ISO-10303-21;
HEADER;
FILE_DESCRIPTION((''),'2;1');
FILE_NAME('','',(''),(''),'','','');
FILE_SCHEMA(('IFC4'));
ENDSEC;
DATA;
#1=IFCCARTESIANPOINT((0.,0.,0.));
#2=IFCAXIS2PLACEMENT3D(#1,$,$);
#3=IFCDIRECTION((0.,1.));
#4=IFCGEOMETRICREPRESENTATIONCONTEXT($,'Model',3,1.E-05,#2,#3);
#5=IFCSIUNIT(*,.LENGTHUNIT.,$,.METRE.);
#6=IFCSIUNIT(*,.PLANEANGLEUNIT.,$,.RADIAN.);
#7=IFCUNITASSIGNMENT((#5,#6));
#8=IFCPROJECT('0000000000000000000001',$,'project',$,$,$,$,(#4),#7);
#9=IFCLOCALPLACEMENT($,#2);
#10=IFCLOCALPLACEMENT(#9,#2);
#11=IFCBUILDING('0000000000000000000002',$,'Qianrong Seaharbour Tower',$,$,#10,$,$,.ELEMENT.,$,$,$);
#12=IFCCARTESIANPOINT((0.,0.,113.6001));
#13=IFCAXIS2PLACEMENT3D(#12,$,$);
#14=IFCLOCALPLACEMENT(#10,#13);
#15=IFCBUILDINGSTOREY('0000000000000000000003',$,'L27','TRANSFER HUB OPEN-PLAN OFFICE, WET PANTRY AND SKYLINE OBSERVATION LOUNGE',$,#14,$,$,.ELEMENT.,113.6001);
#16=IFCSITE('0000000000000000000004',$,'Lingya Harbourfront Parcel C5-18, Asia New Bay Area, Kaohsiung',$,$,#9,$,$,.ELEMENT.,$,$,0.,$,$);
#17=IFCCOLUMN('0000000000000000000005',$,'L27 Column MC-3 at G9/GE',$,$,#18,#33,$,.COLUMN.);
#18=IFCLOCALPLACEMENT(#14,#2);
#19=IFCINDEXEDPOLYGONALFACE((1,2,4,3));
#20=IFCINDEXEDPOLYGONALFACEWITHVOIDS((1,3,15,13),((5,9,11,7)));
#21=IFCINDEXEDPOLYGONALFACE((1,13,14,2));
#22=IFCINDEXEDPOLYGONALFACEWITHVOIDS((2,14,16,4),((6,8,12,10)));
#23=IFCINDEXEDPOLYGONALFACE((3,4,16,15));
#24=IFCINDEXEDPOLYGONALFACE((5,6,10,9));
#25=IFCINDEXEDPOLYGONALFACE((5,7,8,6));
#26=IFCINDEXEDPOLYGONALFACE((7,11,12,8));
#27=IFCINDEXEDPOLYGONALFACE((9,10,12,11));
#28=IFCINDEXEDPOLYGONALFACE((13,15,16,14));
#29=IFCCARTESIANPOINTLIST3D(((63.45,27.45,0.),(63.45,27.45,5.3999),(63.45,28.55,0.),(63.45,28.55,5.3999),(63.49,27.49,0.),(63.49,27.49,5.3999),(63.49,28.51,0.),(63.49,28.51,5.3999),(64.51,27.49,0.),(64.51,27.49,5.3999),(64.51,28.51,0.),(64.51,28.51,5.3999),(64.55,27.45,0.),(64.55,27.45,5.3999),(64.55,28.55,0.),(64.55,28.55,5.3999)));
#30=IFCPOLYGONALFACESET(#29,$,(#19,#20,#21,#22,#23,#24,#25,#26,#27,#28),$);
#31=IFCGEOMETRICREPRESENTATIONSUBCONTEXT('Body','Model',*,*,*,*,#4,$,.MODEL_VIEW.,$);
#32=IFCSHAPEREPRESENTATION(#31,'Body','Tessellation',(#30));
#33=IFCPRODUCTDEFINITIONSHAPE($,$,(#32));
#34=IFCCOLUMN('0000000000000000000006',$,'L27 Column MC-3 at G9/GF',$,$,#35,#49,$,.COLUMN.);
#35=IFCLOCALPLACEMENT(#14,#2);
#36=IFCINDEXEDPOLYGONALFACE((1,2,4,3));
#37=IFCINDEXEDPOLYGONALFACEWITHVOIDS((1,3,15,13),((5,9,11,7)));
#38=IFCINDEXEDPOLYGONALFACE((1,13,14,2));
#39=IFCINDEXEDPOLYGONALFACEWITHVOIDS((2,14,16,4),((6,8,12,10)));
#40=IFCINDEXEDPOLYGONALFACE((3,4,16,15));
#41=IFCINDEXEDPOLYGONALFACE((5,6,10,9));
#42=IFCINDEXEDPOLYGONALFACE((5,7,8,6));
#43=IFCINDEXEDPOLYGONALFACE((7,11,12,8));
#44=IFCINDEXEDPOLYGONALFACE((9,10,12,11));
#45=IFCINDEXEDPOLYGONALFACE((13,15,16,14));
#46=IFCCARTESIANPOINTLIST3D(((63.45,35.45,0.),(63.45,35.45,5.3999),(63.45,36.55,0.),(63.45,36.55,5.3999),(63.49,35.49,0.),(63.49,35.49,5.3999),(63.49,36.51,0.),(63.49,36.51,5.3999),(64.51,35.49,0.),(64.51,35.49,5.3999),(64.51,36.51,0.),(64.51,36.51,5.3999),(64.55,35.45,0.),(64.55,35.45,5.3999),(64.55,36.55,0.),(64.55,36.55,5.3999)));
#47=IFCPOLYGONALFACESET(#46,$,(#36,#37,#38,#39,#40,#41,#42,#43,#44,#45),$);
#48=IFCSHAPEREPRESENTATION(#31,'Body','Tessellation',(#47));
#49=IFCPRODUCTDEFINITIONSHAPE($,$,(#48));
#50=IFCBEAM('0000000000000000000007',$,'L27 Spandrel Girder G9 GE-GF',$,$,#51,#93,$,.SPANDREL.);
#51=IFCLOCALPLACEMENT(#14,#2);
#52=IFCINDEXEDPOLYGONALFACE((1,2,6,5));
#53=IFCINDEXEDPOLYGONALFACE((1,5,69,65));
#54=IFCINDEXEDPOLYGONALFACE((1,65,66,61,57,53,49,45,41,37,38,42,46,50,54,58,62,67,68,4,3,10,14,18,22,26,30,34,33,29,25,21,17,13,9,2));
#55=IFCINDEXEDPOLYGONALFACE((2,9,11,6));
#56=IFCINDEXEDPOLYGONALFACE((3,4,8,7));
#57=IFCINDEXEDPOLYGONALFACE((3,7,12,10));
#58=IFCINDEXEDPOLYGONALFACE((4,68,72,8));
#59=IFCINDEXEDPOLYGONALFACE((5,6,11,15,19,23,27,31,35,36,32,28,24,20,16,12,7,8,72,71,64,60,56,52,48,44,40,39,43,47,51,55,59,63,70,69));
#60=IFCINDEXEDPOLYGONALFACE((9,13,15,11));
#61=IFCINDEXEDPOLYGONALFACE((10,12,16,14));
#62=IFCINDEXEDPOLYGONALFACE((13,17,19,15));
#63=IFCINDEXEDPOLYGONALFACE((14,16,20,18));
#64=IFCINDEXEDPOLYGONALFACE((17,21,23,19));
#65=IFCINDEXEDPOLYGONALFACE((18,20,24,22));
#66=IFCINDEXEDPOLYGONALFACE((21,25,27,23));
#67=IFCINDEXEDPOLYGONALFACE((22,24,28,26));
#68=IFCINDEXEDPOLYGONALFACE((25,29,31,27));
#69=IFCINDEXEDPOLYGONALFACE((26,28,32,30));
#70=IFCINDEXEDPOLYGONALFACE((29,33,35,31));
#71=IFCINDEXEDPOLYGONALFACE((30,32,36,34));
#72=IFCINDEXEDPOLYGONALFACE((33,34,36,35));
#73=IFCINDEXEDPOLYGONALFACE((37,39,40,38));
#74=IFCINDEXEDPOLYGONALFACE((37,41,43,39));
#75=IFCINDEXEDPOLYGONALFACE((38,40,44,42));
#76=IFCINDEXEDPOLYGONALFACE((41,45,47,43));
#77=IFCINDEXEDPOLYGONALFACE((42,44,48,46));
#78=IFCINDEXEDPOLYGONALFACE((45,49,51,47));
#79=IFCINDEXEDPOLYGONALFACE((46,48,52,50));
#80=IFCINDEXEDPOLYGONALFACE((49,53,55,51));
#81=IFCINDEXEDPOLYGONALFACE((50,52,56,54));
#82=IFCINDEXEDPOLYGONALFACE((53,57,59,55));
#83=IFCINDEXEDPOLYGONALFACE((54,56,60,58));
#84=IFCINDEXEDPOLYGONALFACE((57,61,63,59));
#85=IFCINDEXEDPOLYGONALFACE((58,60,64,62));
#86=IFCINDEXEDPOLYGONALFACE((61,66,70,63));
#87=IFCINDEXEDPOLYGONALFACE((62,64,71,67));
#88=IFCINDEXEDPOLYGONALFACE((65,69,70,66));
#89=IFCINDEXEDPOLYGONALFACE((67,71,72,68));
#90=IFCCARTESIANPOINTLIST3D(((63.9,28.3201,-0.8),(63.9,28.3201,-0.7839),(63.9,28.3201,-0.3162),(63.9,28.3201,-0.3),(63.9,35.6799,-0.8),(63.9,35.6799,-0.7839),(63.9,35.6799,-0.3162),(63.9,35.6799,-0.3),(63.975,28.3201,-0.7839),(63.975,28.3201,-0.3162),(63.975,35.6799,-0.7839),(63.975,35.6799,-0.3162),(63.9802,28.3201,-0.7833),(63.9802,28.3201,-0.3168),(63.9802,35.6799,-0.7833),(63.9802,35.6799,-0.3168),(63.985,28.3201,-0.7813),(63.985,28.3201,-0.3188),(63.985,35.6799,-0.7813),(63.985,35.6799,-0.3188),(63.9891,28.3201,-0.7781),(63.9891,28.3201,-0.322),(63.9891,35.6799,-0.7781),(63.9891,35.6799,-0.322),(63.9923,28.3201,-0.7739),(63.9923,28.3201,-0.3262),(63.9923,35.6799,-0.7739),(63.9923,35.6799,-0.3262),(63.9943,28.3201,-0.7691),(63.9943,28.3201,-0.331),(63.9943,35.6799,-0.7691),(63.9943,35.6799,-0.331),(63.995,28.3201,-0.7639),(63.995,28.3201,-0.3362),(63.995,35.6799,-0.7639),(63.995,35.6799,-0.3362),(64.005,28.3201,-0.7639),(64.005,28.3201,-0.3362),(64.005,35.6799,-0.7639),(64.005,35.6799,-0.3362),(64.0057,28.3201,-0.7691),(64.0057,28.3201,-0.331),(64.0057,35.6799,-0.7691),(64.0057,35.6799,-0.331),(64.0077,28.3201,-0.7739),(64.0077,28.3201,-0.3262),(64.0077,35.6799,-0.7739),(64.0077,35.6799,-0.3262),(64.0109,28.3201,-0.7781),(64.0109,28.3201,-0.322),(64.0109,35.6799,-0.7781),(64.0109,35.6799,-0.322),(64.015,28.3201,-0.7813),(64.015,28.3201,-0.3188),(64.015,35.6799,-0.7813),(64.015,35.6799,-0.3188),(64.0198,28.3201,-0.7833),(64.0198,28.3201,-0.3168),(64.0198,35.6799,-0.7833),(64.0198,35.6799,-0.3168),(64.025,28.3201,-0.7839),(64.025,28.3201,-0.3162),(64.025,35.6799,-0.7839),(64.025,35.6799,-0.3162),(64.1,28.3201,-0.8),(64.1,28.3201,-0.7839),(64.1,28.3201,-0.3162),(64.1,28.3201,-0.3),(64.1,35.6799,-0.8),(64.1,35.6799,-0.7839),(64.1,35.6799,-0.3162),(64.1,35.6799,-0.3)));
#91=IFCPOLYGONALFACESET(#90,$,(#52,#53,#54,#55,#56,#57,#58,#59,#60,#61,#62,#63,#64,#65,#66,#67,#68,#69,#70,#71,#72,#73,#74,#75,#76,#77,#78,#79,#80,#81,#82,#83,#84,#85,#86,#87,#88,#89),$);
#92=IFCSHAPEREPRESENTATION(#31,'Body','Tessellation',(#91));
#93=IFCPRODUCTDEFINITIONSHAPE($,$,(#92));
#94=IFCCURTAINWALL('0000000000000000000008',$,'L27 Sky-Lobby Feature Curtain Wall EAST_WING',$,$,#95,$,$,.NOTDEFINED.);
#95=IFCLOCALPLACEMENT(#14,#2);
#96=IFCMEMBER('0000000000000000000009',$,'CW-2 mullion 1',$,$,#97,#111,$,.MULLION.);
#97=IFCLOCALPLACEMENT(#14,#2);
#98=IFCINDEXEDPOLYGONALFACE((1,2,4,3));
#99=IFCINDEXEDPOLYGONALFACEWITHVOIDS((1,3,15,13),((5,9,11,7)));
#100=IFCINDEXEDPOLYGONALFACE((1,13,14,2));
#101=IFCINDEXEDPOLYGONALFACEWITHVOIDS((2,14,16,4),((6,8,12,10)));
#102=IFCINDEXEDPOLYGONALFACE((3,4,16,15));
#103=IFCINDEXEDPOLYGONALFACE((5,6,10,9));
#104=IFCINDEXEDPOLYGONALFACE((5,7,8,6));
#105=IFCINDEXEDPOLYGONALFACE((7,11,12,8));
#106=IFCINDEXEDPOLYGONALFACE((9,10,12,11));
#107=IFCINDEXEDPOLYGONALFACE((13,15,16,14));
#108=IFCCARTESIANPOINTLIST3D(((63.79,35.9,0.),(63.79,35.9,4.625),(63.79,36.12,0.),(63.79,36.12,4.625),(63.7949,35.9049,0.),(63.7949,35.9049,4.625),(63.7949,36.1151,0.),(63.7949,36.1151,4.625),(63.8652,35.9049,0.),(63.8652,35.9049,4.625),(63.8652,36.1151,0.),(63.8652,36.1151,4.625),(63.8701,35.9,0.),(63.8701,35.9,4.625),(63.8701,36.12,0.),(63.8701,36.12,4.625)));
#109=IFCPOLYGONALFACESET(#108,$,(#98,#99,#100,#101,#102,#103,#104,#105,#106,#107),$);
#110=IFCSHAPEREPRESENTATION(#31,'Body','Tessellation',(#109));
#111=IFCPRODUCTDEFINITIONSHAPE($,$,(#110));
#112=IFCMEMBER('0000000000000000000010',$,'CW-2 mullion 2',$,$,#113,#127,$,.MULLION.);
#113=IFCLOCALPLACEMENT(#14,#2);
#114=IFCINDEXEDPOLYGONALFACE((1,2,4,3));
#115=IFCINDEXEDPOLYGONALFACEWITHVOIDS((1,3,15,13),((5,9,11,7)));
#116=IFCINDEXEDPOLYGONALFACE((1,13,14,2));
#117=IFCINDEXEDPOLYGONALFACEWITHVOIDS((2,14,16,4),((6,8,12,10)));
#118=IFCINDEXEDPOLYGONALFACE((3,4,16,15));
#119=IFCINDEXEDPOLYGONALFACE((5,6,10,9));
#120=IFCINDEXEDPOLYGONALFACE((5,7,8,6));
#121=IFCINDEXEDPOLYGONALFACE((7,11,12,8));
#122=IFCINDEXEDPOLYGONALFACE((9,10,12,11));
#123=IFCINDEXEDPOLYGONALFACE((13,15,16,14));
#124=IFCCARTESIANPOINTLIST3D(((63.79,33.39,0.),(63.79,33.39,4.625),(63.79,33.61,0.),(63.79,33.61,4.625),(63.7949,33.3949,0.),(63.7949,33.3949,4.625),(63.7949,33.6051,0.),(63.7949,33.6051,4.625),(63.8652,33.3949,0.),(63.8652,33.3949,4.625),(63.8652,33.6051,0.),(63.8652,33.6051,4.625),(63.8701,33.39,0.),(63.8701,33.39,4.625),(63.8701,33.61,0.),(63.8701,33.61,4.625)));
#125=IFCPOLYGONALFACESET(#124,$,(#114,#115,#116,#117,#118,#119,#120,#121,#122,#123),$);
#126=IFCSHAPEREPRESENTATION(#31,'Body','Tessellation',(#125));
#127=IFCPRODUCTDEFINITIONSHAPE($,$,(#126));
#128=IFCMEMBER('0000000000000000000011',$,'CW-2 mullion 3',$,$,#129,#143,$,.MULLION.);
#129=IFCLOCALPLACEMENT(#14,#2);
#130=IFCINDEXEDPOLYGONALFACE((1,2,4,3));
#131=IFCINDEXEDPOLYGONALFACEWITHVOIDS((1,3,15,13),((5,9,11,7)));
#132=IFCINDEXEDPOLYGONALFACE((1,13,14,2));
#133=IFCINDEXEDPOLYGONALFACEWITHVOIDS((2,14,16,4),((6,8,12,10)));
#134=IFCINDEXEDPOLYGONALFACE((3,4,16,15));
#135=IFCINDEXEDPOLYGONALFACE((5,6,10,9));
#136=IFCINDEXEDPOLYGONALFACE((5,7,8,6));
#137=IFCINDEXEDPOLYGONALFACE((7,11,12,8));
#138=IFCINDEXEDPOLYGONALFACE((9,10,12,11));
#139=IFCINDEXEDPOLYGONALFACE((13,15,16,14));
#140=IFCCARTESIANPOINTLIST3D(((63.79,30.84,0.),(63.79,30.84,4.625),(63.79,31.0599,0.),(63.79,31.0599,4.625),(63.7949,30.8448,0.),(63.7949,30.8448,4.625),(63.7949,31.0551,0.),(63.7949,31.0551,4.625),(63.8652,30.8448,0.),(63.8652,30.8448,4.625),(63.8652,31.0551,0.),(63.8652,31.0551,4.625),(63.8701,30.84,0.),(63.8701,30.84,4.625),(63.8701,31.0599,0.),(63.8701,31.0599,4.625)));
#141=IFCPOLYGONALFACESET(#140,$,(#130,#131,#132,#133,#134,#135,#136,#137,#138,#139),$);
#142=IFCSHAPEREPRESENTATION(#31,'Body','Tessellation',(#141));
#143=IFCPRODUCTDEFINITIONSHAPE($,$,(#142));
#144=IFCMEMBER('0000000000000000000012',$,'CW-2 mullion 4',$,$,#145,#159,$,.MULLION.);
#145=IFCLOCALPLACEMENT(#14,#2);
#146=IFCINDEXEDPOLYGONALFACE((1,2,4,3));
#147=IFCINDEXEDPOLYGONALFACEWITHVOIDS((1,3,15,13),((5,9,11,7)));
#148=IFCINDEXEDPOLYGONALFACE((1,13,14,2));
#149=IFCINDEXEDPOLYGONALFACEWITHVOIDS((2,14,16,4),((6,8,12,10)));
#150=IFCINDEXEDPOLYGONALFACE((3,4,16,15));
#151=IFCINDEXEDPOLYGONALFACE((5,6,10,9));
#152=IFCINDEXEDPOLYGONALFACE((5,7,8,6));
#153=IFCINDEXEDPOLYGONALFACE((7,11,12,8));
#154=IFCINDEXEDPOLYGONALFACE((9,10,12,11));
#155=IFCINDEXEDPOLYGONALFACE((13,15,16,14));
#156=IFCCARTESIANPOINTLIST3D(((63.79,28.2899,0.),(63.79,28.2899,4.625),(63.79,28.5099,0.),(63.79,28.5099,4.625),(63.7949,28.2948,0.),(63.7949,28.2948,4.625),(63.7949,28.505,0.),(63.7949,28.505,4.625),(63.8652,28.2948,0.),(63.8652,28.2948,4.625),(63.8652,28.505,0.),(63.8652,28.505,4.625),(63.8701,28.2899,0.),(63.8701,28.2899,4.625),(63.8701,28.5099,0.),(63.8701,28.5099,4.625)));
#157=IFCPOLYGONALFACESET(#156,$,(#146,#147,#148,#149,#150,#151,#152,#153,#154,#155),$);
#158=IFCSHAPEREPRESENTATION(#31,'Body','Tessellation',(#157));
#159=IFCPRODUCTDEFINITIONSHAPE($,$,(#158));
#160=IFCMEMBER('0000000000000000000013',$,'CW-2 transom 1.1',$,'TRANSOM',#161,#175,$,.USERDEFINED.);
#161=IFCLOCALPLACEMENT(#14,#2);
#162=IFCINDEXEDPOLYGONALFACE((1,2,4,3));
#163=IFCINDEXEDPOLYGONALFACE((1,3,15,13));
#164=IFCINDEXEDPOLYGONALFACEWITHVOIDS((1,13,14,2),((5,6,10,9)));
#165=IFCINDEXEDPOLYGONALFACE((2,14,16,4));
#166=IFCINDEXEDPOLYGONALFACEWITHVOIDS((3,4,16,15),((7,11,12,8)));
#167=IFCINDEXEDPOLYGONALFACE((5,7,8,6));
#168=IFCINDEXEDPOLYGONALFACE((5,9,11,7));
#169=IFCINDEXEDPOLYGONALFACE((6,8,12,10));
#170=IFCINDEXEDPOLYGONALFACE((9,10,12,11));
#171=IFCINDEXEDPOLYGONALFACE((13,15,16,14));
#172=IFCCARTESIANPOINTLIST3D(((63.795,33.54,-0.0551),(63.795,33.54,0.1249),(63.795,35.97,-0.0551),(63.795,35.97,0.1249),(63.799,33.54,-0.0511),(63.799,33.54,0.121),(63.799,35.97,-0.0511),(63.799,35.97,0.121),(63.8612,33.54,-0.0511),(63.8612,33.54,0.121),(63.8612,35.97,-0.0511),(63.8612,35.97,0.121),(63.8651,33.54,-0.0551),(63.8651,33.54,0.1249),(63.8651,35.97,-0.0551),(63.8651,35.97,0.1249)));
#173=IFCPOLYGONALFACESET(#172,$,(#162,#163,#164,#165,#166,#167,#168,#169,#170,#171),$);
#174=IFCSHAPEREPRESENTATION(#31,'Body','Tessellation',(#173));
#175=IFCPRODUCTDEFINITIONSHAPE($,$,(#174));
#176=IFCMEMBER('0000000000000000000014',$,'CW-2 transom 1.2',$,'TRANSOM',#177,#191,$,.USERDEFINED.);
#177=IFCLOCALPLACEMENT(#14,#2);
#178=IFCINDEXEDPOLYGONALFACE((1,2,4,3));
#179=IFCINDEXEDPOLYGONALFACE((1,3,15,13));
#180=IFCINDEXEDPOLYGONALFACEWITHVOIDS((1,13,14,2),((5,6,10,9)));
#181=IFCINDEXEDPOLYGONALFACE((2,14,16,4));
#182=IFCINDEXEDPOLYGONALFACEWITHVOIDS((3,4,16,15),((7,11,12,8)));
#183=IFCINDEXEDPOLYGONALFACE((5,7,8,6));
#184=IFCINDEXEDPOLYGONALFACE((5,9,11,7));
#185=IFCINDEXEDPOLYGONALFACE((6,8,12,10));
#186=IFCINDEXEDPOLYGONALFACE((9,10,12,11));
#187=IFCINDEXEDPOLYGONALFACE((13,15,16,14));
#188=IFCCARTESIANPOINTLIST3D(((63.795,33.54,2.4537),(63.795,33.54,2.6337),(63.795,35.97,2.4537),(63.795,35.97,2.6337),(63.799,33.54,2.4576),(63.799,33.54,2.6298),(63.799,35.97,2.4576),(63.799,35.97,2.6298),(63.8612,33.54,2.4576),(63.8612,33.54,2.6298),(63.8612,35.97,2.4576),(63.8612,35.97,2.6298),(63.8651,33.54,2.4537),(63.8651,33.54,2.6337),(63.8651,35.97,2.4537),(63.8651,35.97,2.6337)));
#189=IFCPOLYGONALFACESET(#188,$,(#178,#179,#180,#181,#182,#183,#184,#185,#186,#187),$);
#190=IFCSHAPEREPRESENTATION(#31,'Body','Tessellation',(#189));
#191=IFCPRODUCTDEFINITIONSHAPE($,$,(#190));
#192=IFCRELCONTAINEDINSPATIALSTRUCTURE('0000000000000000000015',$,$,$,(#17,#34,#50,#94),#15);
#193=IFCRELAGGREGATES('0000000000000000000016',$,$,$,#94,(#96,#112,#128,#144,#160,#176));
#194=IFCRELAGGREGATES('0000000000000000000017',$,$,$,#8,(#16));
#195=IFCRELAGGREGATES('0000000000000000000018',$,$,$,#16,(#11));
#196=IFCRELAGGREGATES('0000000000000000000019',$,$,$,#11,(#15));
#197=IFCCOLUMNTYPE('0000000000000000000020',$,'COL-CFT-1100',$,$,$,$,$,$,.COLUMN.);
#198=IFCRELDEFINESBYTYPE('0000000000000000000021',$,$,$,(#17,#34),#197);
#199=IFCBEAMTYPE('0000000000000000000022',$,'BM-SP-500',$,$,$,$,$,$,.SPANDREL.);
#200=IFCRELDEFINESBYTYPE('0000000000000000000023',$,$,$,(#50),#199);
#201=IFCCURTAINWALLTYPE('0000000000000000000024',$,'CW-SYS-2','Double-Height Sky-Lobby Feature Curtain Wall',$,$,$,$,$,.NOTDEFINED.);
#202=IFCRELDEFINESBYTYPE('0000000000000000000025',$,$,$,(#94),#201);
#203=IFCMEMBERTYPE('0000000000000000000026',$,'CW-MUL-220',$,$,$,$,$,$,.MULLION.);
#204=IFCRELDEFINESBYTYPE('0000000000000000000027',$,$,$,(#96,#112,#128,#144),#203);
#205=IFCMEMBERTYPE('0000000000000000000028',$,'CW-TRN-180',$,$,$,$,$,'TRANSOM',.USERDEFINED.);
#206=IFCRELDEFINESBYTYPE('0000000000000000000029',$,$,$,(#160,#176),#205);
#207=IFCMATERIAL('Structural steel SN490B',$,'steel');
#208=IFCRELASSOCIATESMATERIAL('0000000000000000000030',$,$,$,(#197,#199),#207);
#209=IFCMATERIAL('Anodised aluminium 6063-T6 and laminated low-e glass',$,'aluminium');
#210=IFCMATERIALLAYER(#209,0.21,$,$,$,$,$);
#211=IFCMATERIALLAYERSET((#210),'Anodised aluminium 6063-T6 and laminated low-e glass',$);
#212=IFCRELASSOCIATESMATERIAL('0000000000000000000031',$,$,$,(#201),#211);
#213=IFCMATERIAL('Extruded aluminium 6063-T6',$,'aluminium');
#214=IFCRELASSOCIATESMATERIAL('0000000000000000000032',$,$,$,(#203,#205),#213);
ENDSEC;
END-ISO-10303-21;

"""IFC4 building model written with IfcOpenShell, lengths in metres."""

from ifc_helpers import new_model, si_unit, direction, frame, origin, origin_2d, place, context, subcontext, project, spatial, hollow_rectangle, i_section, extrude, material, layer, layer_set, material_profile, profile_set, type_object, element, aggregate, save


model = new_model("IFC4")

# Units and contexts
model_context = context("Model", 3, precision=1e-05, world=origin(), true_north=direction((0.0, 1.0)))
body_context = subcontext(model_context, "Body", "Model", "MODEL_VIEW")
ifc_project = project(units=[si_unit("LENGTHUNIT", "METRE"), si_unit("PLANEANGLEUNIT", "RADIAN")], contexts=[model_context])

# Site, building, storey
site_placement = place(None, origin())
site = spatial("IfcSite", under=ifc_project, at=site_placement, Name="Lingya Harbourfront Parcel C5-18, Asia New Bay Area, Kaohsiung", CompositionType="ELEMENT", RefElevation=0.0)
building_placement = place(site_placement, origin())
building = spatial("IfcBuilding", under=site, at=building_placement, Name="Qianrong Seaharbour Tower", CompositionType="ELEMENT")
storey_placement = place(building_placement, frame((0.0, 0.0, 113.6001)))
storey = spatial("IfcBuildingStorey", under=building, at=storey_placement, Name="L27", Description="TRANSFER HUB OPEN-PLAN OFFICE, WET PANTRY AND SKYLINE OBSERVATION LOUNGE", CompositionType="ELEMENT", Elevation=113.6001)

# Columns
ifc_material_1 = material(Name="Structural steel SN490B", Category="steel")
ifc_material_profile_1 = material_profile(ifc_material_1, hollow_rectangle(XDim=1.1001, YDim=1.1001, WallThickness=0.04, at=origin_2d()), Name="BOX1100x1100x40")
ifc_profile_set_1 = profile_set([ifc_material_profile_1], Name="Structural steel SN490B")
column_type = type_object("IfcColumnType", Name="COL-CFT-1100", PredefinedType="COLUMN", material=ifc_profile_set_1)
for number, where, z_axis, x_axis, name in (
    (1, (64.0, 28.0, 0.0), (0.0, 0.0, 1.0), (1.0, 0.0, 0.0), "L27 Column MC-3 at G9/GE"),
    (2, (64.0, 36.0, 0.0), (0.0, 0.0, 1.0), (1.0, 0.0, 0.0), "L27 Column MC-3 at G9/GF"),
):
    element("IfcColumn", number, at=place(storey_placement, frame(where, z_axis=z_axis, x_axis=x_axis)), inside=storey, type_object=column_type, Name=name, PredefinedType="COLUMN", context=body_context, shape_type="SweptSolid", body=[
        extrude(hollow_rectangle(XDim=1.1001, YDim=1.1001, WallThickness=0.04, at=origin_2d()), origin(), (0.0, 0.0, 1.0), 5.3999),
    ])

# Beam
ifc_material_profile_2 = material_profile(ifc_material_1, i_section(OverallWidth=0.2, OverallDepth=0.5, WebThickness=0.01, FlangeThickness=0.0161, FilletRadius=0.02, at=origin_2d()), Name="H500x200x10x16")
ifc_profile_set_2 = profile_set([ifc_material_profile_2], Name="Structural steel SN490B")
beam_type = type_object("IfcBeamType", Name="BM-SP-500", PredefinedType="SPANDREL", material=ifc_profile_set_2)
beam_placement = place(storey_placement, frame((64.0, 28.3201, -0.55), z_axis=(0.0, 1.0, 0.0), x_axis=(-1.0, 0.0, 0.0)))
element("IfcBeam", 3, at=beam_placement, inside=storey, type_object=beam_type, Name="L27 Spandrel Girder G9 GE-GF", PredefinedType="SPANDREL", context=body_context, shape_type="SweptSolid", body=[
    extrude(i_section(OverallWidth=0.2, OverallDepth=0.5, WebThickness=0.01, FlangeThickness=0.0161, FilletRadius=0.02, at=origin_2d()), origin(), (0.0, 0.0, 1.0), 7.3599),
])

# Curtain wall, members
ifc_material_2 = material(Name="Anodised aluminium 6063-T6 and laminated low-e glass", Category="aluminium")
ifc_layer_1 = layer(ifc_material_2, 0.21)
ifc_layer_set_1 = layer_set([ifc_layer_1], Name="Anodised aluminium 6063-T6 and laminated low-e glass")
curtain_wall_type = type_object("IfcCurtainWallType", Name="CW-SYS-2", Description="Double-Height Sky-Lobby Feature Curtain Wall", PredefinedType="NOTDEFINED", material=ifc_layer_set_1)
curtain_wall_placement = place(storey_placement, origin())
curtain_wall = element("IfcCurtainWall", 4, at=curtain_wall_placement, inside=storey, type_object=curtain_wall_type, Name="L27 Sky-Lobby Feature Curtain Wall EAST_WING", PredefinedType="NOTDEFINED")
ifc_material_3 = material(Name="Extruded aluminium 6063-T6", Category="aluminium")
ifc_material_profile_3 = material_profile(ifc_material_3, hollow_rectangle(XDim=0.0801, YDim=0.22, WallThickness=0.0049, at=origin_2d()), Name="ALU-MUL-220x80x5")
ifc_profile_set_3 = profile_set([ifc_material_profile_3], Name="Extruded aluminium 6063-T6")
member_type_1 = type_object("IfcMemberType", Name="CW-MUL-220", PredefinedType="MULLION", material=ifc_profile_set_3)
member_1_placement = place(storey_placement, frame((63.8301, 36.01, 0.0), z_axis=(0.0, 0.0, 1.0), x_axis=(1.0, 0.0, 0.0)))
member_1 = element("IfcMember", 5, at=member_1_placement, type_object=member_type_1, Name="CW-2 mullion 1", PredefinedType="MULLION", context=body_context, shape_type="SweptSolid", body=[
    extrude(hollow_rectangle(XDim=0.0801, YDim=0.22, WallThickness=0.0049, at=origin_2d()), origin(), (0.0, 0.0, 1.0), 4.625),
])
member_2_placement = place(storey_placement, frame((63.8301, 33.5, 0.0), z_axis=(0.0, 0.0, 1.0), x_axis=(1.0, 0.0, 0.0)))
member_2 = element("IfcMember", 6, at=member_2_placement, type_object=member_type_1, Name="CW-2 mullion 2", PredefinedType="MULLION", context=body_context, shape_type="SweptSolid", body=[
    extrude(hollow_rectangle(XDim=0.0801, YDim=0.22, WallThickness=0.0049, at=origin_2d()), origin(), (0.0, 0.0, 1.0), 4.625),
])
member_3_placement = place(storey_placement, frame((63.8301, 30.95, 0.0), z_axis=(0.0, 0.0, 1.0), x_axis=(1.0, 0.0, 0.0)))
member_3 = element("IfcMember", 7, at=member_3_placement, type_object=member_type_1, Name="CW-2 mullion 3", PredefinedType="MULLION", context=body_context, shape_type="SweptSolid", body=[
    extrude(hollow_rectangle(XDim=0.0801, YDim=0.22, WallThickness=0.0049, at=origin_2d()), origin(), (0.0, 0.0, 1.0), 4.625),
])
member_4_placement = place(storey_placement, frame((63.8301, 28.3999, 0.0), z_axis=(0.0, 0.0, 1.0), x_axis=(1.0, 0.0, 0.0)))
member_4 = element("IfcMember", 8, at=member_4_placement, type_object=member_type_1, Name="CW-2 mullion 4", PredefinedType="MULLION", context=body_context, shape_type="SweptSolid", body=[
    extrude(hollow_rectangle(XDim=0.0801, YDim=0.22, WallThickness=0.0049, at=origin_2d()), origin(), (0.0, 0.0, 1.0), 4.625),
])
ifc_material_profile_4 = material_profile(ifc_material_3, hollow_rectangle(XDim=0.0701, YDim=0.1799, WallThickness=0.0039, at=origin_2d()), Name="ALU-TRN-180x70x4")
ifc_profile_set_4 = profile_set([ifc_material_profile_4], Name="Extruded aluminium 6063-T6")
member_type_2 = type_object("IfcMemberType", Name="CW-TRN-180", ElementType="TRANSOM", PredefinedType="USERDEFINED", material=ifc_profile_set_4)
member_5_placement = place(storey_placement, frame((63.8301, 35.97, 0.0349), z_axis=(0.0, -1.0, 0.0), x_axis=(1.0, 0.0, 0.0)))
member_5 = element("IfcMember", 9, at=member_5_placement, type_object=member_type_2, Name="CW-2 transom 1.1", ObjectType="TRANSOM", PredefinedType="USERDEFINED", context=body_context, shape_type="SweptSolid", body=[
    extrude(hollow_rectangle(XDim=0.0701, YDim=0.1799, WallThickness=0.0039, at=origin_2d()), origin(), (0.0, 0.0, 1.0), 2.4299),
])
member_6_placement = place(storey_placement, frame((63.8301, 35.97, 2.5437), z_axis=(0.0, -1.0, 0.0), x_axis=(1.0, 0.0, 0.0)))
member_6 = element("IfcMember", 10, at=member_6_placement, type_object=member_type_2, Name="CW-2 transom 1.2", ObjectType="TRANSOM", PredefinedType="USERDEFINED", context=body_context, shape_type="SweptSolid", body=[
    extrude(hollow_rectangle(XDim=0.0701, YDim=0.1799, WallThickness=0.0039, at=origin_2d()), origin(), (0.0, 0.0, 1.0), 2.4299),
])
aggregate(curtain_wall, [member_1, member_2, member_3, member_4, member_5, member_6])

save(model, "model.ifc")
